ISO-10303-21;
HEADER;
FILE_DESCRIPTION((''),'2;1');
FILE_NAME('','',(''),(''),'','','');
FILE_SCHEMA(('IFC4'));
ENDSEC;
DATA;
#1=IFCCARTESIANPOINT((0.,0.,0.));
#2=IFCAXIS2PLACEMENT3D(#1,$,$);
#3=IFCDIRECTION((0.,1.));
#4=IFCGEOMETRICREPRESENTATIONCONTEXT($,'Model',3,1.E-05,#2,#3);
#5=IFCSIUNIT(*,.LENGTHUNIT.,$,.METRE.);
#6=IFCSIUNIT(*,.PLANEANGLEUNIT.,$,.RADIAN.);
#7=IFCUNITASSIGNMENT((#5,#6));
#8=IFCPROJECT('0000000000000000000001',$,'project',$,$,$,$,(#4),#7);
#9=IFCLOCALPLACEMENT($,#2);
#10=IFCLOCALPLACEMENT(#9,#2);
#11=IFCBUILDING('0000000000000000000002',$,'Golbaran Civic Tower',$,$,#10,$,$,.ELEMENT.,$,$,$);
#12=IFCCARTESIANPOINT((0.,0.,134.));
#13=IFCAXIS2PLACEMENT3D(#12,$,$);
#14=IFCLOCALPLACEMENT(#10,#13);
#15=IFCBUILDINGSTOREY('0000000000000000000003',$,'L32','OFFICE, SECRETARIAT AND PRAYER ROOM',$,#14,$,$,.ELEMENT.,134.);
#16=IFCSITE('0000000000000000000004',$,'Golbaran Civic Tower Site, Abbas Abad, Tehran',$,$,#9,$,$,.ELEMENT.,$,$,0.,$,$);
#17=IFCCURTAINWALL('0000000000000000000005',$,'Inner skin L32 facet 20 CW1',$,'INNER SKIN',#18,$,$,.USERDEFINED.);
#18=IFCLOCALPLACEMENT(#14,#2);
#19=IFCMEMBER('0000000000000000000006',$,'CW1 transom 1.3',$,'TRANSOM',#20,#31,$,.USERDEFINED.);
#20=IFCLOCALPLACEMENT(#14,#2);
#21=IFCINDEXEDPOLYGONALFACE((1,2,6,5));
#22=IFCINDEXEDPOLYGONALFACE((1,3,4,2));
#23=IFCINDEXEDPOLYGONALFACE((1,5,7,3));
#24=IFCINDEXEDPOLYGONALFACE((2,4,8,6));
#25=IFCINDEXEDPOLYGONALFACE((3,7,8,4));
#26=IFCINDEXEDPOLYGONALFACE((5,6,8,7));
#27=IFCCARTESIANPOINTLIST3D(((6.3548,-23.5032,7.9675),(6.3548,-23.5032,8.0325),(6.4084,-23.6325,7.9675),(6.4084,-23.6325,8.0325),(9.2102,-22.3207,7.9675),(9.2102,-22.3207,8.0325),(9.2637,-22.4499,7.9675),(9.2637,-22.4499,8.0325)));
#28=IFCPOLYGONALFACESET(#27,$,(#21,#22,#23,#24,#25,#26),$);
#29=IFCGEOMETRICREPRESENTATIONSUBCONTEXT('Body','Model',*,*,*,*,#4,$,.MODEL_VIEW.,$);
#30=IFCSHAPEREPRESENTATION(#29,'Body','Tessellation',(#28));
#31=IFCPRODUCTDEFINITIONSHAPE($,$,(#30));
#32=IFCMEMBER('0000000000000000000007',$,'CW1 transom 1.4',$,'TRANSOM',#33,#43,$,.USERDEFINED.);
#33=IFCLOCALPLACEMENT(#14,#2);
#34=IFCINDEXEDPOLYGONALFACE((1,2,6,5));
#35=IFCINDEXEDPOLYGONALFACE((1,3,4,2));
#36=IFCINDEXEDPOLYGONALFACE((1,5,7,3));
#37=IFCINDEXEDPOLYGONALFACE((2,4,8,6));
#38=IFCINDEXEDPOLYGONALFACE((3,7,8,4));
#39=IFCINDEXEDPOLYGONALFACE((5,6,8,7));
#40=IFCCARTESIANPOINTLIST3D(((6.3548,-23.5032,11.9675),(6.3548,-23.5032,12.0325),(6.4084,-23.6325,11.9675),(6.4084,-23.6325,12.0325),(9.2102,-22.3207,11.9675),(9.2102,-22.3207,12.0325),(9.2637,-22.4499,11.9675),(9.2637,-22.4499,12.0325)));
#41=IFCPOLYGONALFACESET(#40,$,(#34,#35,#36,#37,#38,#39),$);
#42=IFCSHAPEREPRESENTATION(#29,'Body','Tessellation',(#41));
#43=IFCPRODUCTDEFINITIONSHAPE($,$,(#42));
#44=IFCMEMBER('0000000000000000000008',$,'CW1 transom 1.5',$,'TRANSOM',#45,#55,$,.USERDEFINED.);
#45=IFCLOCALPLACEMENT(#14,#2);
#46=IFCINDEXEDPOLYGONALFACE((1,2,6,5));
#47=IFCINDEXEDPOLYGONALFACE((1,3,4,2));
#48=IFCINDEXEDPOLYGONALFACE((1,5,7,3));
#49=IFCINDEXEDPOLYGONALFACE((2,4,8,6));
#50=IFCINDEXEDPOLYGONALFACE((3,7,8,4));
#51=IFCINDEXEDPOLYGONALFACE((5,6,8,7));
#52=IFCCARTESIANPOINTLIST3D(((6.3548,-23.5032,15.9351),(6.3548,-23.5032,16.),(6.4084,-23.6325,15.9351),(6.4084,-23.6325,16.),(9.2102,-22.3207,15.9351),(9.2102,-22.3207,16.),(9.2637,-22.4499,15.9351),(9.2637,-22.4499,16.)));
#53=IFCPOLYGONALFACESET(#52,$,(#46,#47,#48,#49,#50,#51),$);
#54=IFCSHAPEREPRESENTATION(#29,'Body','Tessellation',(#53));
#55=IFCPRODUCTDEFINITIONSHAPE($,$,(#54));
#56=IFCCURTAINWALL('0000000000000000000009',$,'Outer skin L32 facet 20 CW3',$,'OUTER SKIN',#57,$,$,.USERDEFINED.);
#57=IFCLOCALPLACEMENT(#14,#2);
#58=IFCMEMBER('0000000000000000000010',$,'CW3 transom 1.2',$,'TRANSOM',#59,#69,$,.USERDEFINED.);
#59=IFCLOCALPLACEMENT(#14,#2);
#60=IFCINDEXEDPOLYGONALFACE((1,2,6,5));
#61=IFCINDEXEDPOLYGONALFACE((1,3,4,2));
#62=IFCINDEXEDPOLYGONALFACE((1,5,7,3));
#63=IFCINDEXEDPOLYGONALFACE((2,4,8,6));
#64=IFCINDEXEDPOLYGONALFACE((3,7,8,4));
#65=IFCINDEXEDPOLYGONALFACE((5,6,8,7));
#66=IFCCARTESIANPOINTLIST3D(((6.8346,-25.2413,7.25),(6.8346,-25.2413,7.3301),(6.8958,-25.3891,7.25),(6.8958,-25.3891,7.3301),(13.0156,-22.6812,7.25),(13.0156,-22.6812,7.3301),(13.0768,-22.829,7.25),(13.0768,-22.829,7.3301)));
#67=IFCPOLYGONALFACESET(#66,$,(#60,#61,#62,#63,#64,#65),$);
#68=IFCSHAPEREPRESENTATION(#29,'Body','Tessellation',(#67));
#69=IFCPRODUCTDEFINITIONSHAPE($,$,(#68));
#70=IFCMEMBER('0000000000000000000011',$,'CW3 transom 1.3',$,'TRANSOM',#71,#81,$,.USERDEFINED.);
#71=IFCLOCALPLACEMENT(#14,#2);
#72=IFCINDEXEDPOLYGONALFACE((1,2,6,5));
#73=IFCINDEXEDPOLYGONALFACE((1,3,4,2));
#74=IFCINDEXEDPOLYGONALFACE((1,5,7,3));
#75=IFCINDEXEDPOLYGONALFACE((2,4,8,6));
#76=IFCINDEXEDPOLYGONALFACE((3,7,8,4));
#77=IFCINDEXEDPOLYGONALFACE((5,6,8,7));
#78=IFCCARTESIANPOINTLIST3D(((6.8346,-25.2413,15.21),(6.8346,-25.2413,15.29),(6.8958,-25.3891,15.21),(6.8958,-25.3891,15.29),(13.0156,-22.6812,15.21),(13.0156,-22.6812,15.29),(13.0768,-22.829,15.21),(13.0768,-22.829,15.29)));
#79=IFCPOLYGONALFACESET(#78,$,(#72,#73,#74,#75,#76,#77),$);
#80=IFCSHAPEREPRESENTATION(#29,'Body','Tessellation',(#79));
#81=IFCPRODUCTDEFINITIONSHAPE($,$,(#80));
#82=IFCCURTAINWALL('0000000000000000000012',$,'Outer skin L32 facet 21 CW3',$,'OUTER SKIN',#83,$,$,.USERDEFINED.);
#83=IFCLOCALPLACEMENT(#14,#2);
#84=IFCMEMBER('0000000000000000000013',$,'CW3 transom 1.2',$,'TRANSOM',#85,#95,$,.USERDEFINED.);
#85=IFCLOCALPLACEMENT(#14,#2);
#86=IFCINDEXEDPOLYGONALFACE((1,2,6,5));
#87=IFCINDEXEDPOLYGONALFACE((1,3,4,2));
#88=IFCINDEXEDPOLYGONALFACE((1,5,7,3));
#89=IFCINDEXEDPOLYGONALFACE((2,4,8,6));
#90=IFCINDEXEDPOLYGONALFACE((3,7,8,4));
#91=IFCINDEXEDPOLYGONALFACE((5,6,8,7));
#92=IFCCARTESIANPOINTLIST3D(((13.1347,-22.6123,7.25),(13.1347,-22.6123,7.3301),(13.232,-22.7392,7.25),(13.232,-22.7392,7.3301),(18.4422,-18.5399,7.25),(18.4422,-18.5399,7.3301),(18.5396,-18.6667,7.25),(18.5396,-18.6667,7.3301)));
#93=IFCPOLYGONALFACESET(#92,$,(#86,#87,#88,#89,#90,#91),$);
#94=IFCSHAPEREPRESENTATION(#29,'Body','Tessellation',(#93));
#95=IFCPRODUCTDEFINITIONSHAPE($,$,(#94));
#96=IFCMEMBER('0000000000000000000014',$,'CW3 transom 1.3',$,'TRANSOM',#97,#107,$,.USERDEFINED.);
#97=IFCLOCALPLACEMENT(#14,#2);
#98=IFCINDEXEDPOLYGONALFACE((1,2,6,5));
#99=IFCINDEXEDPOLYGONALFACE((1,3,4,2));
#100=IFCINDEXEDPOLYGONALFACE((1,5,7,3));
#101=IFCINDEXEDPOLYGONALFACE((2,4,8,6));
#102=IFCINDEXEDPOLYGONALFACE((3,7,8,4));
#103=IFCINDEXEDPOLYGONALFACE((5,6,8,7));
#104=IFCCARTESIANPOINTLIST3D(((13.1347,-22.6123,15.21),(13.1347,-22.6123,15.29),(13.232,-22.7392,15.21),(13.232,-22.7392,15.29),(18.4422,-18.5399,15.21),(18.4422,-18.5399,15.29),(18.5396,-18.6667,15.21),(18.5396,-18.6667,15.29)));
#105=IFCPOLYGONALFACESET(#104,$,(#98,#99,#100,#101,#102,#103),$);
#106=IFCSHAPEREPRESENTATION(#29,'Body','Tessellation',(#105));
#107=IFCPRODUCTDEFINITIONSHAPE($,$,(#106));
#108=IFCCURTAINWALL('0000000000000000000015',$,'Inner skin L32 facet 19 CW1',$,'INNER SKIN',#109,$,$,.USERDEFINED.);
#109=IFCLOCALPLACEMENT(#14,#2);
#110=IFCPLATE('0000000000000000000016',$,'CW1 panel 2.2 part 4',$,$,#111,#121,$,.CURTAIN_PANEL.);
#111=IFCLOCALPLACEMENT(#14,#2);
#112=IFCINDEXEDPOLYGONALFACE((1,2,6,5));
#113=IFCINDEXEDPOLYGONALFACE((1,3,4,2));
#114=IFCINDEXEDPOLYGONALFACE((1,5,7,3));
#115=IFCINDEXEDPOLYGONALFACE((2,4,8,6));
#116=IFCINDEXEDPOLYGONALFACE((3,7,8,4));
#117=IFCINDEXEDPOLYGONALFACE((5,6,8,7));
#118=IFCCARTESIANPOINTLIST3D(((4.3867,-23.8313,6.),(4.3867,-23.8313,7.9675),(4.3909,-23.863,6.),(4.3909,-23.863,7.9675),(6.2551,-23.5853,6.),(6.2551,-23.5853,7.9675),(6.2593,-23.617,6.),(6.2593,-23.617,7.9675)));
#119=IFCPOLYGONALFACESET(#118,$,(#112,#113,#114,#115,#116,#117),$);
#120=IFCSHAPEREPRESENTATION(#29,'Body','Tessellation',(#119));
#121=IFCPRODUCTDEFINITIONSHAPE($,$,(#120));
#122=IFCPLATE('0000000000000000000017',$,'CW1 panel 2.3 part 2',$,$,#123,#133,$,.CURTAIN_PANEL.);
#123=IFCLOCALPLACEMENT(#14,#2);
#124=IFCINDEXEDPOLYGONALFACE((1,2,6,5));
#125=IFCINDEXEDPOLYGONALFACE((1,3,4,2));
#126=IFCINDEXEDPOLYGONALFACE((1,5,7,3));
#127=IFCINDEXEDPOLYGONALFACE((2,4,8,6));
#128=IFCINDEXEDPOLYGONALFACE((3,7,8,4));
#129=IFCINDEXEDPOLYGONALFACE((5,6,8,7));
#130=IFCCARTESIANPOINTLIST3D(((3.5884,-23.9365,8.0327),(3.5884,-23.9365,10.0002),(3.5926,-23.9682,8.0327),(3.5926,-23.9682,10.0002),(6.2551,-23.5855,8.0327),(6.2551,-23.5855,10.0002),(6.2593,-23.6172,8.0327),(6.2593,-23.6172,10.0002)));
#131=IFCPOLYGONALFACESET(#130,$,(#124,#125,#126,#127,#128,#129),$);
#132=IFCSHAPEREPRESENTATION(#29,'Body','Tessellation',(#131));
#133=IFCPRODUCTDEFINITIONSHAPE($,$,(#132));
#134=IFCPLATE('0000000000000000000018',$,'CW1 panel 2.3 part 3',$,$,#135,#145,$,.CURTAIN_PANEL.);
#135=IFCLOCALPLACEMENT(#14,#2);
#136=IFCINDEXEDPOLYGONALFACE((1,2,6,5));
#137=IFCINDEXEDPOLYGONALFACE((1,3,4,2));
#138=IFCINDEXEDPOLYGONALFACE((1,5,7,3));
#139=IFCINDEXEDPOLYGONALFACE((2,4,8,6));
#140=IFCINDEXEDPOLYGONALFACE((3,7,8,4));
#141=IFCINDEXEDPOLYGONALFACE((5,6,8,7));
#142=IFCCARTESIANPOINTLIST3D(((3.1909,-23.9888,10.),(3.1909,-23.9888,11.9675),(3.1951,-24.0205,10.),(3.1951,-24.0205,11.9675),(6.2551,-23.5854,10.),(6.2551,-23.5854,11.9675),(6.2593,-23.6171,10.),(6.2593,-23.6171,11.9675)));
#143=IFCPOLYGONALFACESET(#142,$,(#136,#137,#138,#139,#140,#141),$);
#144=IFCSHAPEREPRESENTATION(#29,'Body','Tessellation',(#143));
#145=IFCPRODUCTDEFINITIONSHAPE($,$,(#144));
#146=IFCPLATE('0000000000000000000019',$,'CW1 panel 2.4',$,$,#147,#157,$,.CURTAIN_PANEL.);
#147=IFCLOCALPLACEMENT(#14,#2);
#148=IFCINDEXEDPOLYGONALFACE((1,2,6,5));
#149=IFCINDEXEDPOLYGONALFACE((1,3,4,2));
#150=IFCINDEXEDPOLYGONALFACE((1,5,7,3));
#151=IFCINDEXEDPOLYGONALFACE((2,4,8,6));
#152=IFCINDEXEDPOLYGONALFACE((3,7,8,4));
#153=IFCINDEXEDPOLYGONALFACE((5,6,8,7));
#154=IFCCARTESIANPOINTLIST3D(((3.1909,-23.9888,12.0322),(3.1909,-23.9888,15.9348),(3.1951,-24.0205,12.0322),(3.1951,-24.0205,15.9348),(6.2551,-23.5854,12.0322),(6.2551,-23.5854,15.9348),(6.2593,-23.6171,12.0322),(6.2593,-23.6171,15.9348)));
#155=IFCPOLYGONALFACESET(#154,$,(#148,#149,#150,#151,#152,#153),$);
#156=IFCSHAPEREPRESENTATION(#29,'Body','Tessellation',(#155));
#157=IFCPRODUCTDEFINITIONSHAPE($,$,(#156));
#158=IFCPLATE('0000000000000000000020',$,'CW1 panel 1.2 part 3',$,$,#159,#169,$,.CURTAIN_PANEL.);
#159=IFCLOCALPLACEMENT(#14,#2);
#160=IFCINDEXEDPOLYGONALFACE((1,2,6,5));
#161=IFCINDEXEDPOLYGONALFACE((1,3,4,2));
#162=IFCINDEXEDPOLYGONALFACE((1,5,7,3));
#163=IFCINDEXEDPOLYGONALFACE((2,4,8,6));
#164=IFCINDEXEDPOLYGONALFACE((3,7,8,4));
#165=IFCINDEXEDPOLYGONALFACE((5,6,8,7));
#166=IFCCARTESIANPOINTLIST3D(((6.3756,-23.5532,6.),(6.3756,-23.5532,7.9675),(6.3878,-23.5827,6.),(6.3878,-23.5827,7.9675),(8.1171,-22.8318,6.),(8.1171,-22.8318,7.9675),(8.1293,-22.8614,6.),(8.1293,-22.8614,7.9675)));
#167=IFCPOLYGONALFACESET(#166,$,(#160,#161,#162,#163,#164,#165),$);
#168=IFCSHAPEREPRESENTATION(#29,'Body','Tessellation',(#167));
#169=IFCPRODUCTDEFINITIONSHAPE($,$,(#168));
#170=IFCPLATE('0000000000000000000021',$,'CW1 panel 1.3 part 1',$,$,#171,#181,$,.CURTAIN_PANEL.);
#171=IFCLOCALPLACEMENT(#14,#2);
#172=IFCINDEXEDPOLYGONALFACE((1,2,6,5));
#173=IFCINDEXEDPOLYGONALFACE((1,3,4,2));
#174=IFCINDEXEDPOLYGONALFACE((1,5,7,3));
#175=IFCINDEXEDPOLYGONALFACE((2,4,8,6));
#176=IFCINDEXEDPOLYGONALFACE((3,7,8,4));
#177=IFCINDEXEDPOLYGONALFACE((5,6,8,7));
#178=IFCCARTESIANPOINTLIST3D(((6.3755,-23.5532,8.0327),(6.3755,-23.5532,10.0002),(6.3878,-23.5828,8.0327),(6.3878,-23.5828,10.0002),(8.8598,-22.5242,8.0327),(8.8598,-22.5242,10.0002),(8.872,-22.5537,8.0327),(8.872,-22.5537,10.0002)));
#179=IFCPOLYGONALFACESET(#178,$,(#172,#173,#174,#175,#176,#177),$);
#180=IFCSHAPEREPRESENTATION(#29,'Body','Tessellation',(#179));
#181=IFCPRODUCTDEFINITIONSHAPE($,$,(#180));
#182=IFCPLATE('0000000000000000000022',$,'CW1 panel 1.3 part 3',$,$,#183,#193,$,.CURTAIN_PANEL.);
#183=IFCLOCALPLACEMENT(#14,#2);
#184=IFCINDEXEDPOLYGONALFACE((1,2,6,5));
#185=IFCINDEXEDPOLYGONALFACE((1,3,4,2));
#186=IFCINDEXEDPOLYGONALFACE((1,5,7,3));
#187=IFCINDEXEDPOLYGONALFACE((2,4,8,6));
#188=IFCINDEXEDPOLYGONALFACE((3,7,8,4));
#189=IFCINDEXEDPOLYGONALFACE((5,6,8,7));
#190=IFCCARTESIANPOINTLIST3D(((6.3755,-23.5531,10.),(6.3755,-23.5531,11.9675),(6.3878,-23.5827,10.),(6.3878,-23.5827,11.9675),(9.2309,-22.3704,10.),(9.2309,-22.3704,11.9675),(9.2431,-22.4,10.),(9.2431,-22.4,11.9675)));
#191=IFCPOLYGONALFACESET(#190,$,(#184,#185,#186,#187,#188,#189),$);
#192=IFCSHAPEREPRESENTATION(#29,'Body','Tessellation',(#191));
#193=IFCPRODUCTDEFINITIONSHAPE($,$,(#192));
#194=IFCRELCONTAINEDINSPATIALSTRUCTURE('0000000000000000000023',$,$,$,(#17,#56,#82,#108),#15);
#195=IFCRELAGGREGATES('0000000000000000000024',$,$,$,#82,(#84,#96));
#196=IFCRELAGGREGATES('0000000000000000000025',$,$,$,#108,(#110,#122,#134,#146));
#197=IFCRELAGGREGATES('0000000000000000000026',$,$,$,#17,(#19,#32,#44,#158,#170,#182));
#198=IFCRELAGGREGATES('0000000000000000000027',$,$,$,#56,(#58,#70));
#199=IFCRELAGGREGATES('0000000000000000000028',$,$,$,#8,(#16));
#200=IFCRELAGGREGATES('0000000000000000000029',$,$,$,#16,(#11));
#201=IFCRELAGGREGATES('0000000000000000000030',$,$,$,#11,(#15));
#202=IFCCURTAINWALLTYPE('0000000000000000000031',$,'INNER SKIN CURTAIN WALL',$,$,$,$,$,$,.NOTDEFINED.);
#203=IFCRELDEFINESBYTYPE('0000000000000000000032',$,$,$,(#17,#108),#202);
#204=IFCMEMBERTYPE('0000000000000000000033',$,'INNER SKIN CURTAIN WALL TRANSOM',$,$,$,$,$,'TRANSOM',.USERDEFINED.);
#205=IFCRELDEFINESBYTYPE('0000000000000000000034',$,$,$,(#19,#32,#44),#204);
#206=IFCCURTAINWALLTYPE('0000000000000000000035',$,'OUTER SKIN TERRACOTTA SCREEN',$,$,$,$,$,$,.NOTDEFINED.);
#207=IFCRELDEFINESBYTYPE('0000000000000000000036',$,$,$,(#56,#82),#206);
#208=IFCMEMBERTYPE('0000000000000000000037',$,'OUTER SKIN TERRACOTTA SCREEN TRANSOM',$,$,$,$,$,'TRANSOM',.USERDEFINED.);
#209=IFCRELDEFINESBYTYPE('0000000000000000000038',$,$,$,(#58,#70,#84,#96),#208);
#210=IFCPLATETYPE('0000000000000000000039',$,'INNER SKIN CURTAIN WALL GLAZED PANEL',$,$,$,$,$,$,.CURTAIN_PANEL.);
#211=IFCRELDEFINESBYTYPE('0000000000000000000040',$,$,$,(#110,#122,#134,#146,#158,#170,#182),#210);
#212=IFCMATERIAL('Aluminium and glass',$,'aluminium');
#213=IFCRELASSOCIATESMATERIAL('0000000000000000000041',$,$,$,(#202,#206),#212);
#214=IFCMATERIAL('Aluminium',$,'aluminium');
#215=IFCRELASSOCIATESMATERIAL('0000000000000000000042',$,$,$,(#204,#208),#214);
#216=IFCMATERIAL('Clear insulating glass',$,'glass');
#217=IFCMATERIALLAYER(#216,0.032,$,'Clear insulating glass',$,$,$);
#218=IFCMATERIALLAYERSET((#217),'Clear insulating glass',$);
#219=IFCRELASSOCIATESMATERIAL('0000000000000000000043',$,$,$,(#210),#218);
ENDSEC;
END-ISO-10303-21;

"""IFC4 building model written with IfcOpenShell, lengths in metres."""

from ifc_helpers import new_model, si_unit, direction, frame, origin, origin_2d, place, context, subcontext, project, spatial, rectangle, extrude, material, layer, layer_set, material_profile, profile_set, type_object, element, aggregate, save


model = new_model("IFC4")

# Units and contexts
model_context = context("Model", 3, precision=1e-05, world=origin(), true_north=direction((0.0, 1.0)))
body_context = subcontext(model_context, "Body", "Model", "MODEL_VIEW")
ifc_project = project(units=[si_unit("LENGTHUNIT", "METRE"), si_unit("PLANEANGLEUNIT", "RADIAN")], contexts=[model_context])

# Site, building, storey
site_placement = place(None, origin())
site = spatial("IfcSite", under=ifc_project, at=site_placement, Name="Golbaran Civic Tower Site, Abbas Abad, Tehran", CompositionType="ELEMENT", RefElevation=0.0)
building_placement = place(site_placement, origin())
building = spatial("IfcBuilding", under=site, at=building_placement, Name="Golbaran Civic Tower", CompositionType="ELEMENT")
storey_placement = place(building_placement, frame((0.0, 0.0, 134.0)))
storey = spatial("IfcBuildingStorey", under=building, at=storey_placement, Name="L32", Description="OFFICE, SECRETARIAT AND PRAYER ROOM", CompositionType="ELEMENT", Elevation=134.0)

# Curtain walls, members
ifc_material_1 = material(Name="Aluminium and glass", Category="aluminium")
curtain_wall_type_1 = type_object("IfcCurtainWallType", Name="INNER SKIN CURTAIN WALL", PredefinedType="NOTDEFINED", material=ifc_material_1)
curtain_wall_1_placement = place(storey_placement, origin())
curtain_wall_1 = element("IfcCurtainWall", 1, at=curtain_wall_1_placement, inside=storey, type_object=curtain_wall_type_1, Name="Inner skin L32 facet 20 CW1", ObjectType="INNER SKIN", PredefinedType="USERDEFINED")
ifc_material_2 = material(Name="Aluminium", Category="aluminium")
ifc_material_profile_1 = material_profile(ifc_material_2, rectangle(XDim=0.1399, YDim=0.0649, at=origin_2d()), Name="INNER SKIN CURTAIN WALL TRANSOM")
ifc_profile_set_1 = profile_set([ifc_material_profile_1], Name="Aluminium")
member_type_1 = type_object("IfcMemberType", Name="INNER SKIN CURTAIN WALL TRANSOM", ElementType="TRANSOM", PredefinedType="USERDEFINED", material=ifc_profile_set_1)
member_1_placement = place(storey_placement, frame((6.3816, -23.5679, 8.0), z_axis=(0.923897, 0.38264, 0.0), x_axis=(-0.38264, 0.923897, 0.0)))
member_1 = element("IfcMember", 2, at=member_1_placement, type_object=member_type_1, Name="CW1 transom 1.3", ObjectType="TRANSOM", PredefinedType="USERDEFINED", context=body_context, shape_type="SweptSolid", body=[
    extrude(rectangle(XDim=0.1399, YDim=0.0649, at=origin_2d()), origin(), (0.0, 0.0, 1.0), 3.0906),
])
member_2_placement = place(storey_placement, frame((6.3816, -23.5679, 12.0), z_axis=(0.923897, 0.38264, 0.0), x_axis=(-0.38264, 0.923897, 0.0)))
member_2 = element("IfcMember", 3, at=member_2_placement, type_object=member_type_1, Name="CW1 transom 1.4", ObjectType="TRANSOM", PredefinedType="USERDEFINED", context=body_context, shape_type="SweptSolid", body=[
    extrude(rectangle(XDim=0.1399, YDim=0.0649, at=origin_2d()), origin(), (0.0, 0.0, 1.0), 3.0906),
])
member_3_placement = place(storey_placement, frame((6.3816, -23.5679, 15.9675), z_axis=(0.923897, 0.38264, 0.0), x_axis=(-0.38264, 0.923897, 0.0)))
member_3 = element("IfcMember", 4, at=member_3_placement, type_object=member_type_1, Name="CW1 transom 1.5", ObjectType="TRANSOM", PredefinedType="USERDEFINED", context=body_context, shape_type="SweptSolid", body=[
    extrude(rectangle(XDim=0.1399, YDim=0.0649, at=origin_2d()), origin(), (0.0, 0.0, 1.0), 3.0906),
])
curtain_wall_type_2 = type_object("IfcCurtainWallType", Name="OUTER SKIN TERRACOTTA SCREEN", PredefinedType="NOTDEFINED", material=ifc_material_1)
curtain_wall_2_placement = place(storey_placement, origin())
curtain_wall_2 = element("IfcCurtainWall", 5, at=curtain_wall_2_placement, inside=storey, type_object=curtain_wall_type_2, Name="Outer skin L32 facet 20 CW3", ObjectType="OUTER SKIN", PredefinedType="USERDEFINED")
ifc_material_profile_2 = material_profile(ifc_material_2, rectangle(XDim=0.1599, YDim=0.0801, at=origin_2d()), Name="OUTER SKIN TERRACOTTA SCREEN TRANSOM")
ifc_profile_set_2 = profile_set([ifc_material_profile_2], Name="Aluminium")
member_type_2 = type_object("IfcMemberType", Name="OUTER SKIN TERRACOTTA SCREEN TRANSOM", ElementType="TRANSOM", PredefinedType="USERDEFINED", material=ifc_profile_set_2)
member_4_placement = place(storey_placement, frame((6.8652, -25.3152, 7.29), z_axis=(0.923888, 0.382663, 0.0), x_axis=(-0.382663, 0.923888, 0.0)))
member_4 = element("IfcMember", 6, at=member_4_placement, type_object=member_type_2, Name="CW3 transom 1.2", ObjectType="TRANSOM", PredefinedType="USERDEFINED", context=body_context, shape_type="SweptSolid", body=[
    extrude(rectangle(XDim=0.1599, YDim=0.0801, at=origin_2d()), origin(), (0.0, 0.0, 1.0), 6.6902),
])
member_5_placement = place(storey_placement, frame((6.8652, -25.3152, 15.25), z_axis=(0.923888, 0.382663, 0.0), x_axis=(-0.382663, 0.923888, 0.0)))
member_5 = element("IfcMember", 7, at=member_5_placement, type_object=member_type_2, Name="CW3 transom 1.3", ObjectType="TRANSOM", PredefinedType="USERDEFINED", context=body_context, shape_type="SweptSolid", body=[
    extrude(rectangle(XDim=0.1599, YDim=0.0801, at=origin_2d()), origin(), (0.0, 0.0, 1.0), 6.6902),
])
curtain_wall_3_placement = place(storey_placement, origin())
curtain_wall_3 = element("IfcCurtainWall", 8, at=curtain_wall_3_placement, inside=storey, type_object=curtain_wall_type_2, Name="Outer skin L32 facet 21 CW3", ObjectType="OUTER SKIN", PredefinedType="USERDEFINED")
member_6_placement = place(storey_placement, frame((13.1833, -22.6758, 7.29), z_axis=(0.793365, 0.608746, 0.0), x_axis=(-0.608746, 0.793365, 0.0)))
member_6 = element("IfcMember", 9, at=member_6_placement, type_object=member_type_2, Name="CW3 transom 1.2", ObjectType="TRANSOM", PredefinedType="USERDEFINED", context=body_context, shape_type="SweptSolid", body=[
    extrude(rectangle(XDim=0.1599, YDim=0.0801, at=origin_2d()), origin(), (0.0, 0.0, 1.0), 6.6899),
])
member_7_placement = place(storey_placement, frame((13.1833, -22.6758, 15.25), z_axis=(0.793365, 0.608746, 0.0), x_axis=(-0.608746, 0.793365, 0.0)))
member_7 = element("IfcMember", 10, at=member_7_placement, type_object=member_type_2, Name="CW3 transom 1.3", ObjectType="TRANSOM", PredefinedType="USERDEFINED", context=body_context, shape_type="SweptSolid", body=[
    extrude(rectangle(XDim=0.1599, YDim=0.0801, at=origin_2d()), origin(), (0.0, 0.0, 1.0), 6.6899),
])
aggregate(curtain_wall_3, [member_6, member_7])

# Curtain wall, plates
curtain_wall_4_placement = place(storey_placement, origin())
curtain_wall_4 = element("IfcCurtainWall", 11, at=curtain_wall_4_placement, inside=storey, type_object=curtain_wall_type_1, Name="Inner skin L32 facet 19 CW1", ObjectType="INNER SKIN", PredefinedType="USERDEFINED")
ifc_material_3 = material(Name="Clear insulating glass", Category="glass")
ifc_layer_1 = layer(ifc_material_3, 0.032, Name="Clear insulating glass")
ifc_layer_set_1 = layer_set([ifc_layer_1], Name="Clear insulating glass")
plate_type_1 = type_object("IfcPlateType", Name="INNER SKIN CURTAIN WALL GLAZED PANEL", PredefinedType="CURTAIN_PANEL", material=ifc_layer_set_1)
plate_1_placement = place(storey_placement, frame((5.323, -23.7241, 6.0), z_axis=(0.0, 0.0, 1.0), x_axis=(0.991445, 0.130526, 0.0)))
plate_1 = element("IfcPlate", 12, at=plate_1_placement, type_object=plate_type_1, Name="CW1 panel 2.2 part 4", PredefinedType="CURTAIN_PANEL", context=body_context, shape_type="SweptSolid", body=[
    extrude(rectangle(XDim=1.8845, YDim=0.032, at=origin_2d()), origin(), (0.0, 0.0, 1.0), 1.9675),
])
plate_2_placement = place(storey_placement, frame((4.9238, -23.7769, 8.0327), z_axis=(0.0, 0.0, 1.0), x_axis=(0.991445, 0.130526, 0.0)))
plate_2 = element("IfcPlate", 13, at=plate_2_placement, type_object=plate_type_1, Name="CW1 panel 2.3 part 2", PredefinedType="CURTAIN_PANEL", context=body_context, shape_type="SweptSolid", body=[
    extrude(rectangle(XDim=2.6897, YDim=0.032, at=origin_2d()), origin(), (0.0, 0.0, 1.0), 1.9675),
])
plate_3_placement = place(storey_placement, frame((4.7251, -23.803, 10.0), z_axis=(0.0, 0.0, 1.0), x_axis=(0.991445, 0.130526, 0.0)))
plate_3 = element("IfcPlate", 14, at=plate_3_placement, type_object=plate_type_1, Name="CW1 panel 2.3 part 3", PredefinedType="CURTAIN_PANEL", context=body_context, shape_type="SweptSolid", body=[
    extrude(rectangle(XDim=3.0906, YDim=0.032, at=origin_2d()), origin(), (0.0, 0.0, 1.0), 1.9675),
])
plate_4_placement = place(storey_placement, frame((4.7251, -23.803, 12.0322), z_axis=(0.0, 0.0, 1.0), x_axis=(0.991445, 0.130526, 0.0)))
plate_4 = element("IfcPlate", 15, at=plate_4_placement, type_object=plate_type_1, Name="CW1 panel 2.4", PredefinedType="CURTAIN_PANEL", context=body_context, shape_type="SweptSolid", body=[
    extrude(rectangle(XDim=3.0906, YDim=0.032, at=origin_2d()), origin(), (0.0, 0.0, 1.0), 3.9026),
])
aggregate(curtain_wall_4, [plate_1, plate_2, plate_3, plate_4])

# Plates
plate_5_placement = place(storey_placement, frame((7.2524, -23.2073, 6.0), z_axis=(0.0, 0.0, 1.0), x_axis=(0.92388, 0.382683, 0.0)))
plate_5 = element("IfcPlate", 16, at=plate_5_placement, type_object=plate_type_1, Name="CW1 panel 1.2 part 3", PredefinedType="CURTAIN_PANEL", context=body_context, shape_type="SweptSolid", body=[
    extrude(rectangle(XDim=1.885, YDim=0.032, at=origin_2d()), origin(), (0.0, 0.0, 1.0), 1.9675),
])
plate_6_placement = place(storey_placement, frame((7.6238, -23.0535, 8.0327), z_axis=(0.0, 0.0, 1.0), x_axis=(0.92388, 0.382683, 0.0)))
plate_6 = element("IfcPlate", 17, at=plate_6_placement, type_object=plate_type_1, Name="CW1 panel 1.3 part 1", PredefinedType="CURTAIN_PANEL", context=body_context, shape_type="SweptSolid", body=[
    extrude(rectangle(XDim=2.689, YDim=0.032, at=origin_2d()), origin(), (0.0, 0.0, 1.0), 1.9675),
])
plate_7_placement = place(storey_placement, frame((7.8093, -22.9766, 10.0), z_axis=(0.0, 0.0, 1.0), x_axis=(0.92388, 0.382683, 0.0)))
plate_7 = element("IfcPlate", 18, at=plate_7_placement, type_object=plate_type_1, Name="CW1 panel 1.3 part 3", PredefinedType="CURTAIN_PANEL", context=body_context, shape_type="SweptSolid", body=[
    extrude(rectangle(XDim=3.0906, YDim=0.032, at=origin_2d()), origin(), (0.0, 0.0, 1.0), 1.9675),
])
aggregate(curtain_wall_1, [member_1, member_2, member_3, plate_5, plate_6, plate_7])
aggregate(curtain_wall_2, [member_4, member_5])

save(model, "model.ifc")
